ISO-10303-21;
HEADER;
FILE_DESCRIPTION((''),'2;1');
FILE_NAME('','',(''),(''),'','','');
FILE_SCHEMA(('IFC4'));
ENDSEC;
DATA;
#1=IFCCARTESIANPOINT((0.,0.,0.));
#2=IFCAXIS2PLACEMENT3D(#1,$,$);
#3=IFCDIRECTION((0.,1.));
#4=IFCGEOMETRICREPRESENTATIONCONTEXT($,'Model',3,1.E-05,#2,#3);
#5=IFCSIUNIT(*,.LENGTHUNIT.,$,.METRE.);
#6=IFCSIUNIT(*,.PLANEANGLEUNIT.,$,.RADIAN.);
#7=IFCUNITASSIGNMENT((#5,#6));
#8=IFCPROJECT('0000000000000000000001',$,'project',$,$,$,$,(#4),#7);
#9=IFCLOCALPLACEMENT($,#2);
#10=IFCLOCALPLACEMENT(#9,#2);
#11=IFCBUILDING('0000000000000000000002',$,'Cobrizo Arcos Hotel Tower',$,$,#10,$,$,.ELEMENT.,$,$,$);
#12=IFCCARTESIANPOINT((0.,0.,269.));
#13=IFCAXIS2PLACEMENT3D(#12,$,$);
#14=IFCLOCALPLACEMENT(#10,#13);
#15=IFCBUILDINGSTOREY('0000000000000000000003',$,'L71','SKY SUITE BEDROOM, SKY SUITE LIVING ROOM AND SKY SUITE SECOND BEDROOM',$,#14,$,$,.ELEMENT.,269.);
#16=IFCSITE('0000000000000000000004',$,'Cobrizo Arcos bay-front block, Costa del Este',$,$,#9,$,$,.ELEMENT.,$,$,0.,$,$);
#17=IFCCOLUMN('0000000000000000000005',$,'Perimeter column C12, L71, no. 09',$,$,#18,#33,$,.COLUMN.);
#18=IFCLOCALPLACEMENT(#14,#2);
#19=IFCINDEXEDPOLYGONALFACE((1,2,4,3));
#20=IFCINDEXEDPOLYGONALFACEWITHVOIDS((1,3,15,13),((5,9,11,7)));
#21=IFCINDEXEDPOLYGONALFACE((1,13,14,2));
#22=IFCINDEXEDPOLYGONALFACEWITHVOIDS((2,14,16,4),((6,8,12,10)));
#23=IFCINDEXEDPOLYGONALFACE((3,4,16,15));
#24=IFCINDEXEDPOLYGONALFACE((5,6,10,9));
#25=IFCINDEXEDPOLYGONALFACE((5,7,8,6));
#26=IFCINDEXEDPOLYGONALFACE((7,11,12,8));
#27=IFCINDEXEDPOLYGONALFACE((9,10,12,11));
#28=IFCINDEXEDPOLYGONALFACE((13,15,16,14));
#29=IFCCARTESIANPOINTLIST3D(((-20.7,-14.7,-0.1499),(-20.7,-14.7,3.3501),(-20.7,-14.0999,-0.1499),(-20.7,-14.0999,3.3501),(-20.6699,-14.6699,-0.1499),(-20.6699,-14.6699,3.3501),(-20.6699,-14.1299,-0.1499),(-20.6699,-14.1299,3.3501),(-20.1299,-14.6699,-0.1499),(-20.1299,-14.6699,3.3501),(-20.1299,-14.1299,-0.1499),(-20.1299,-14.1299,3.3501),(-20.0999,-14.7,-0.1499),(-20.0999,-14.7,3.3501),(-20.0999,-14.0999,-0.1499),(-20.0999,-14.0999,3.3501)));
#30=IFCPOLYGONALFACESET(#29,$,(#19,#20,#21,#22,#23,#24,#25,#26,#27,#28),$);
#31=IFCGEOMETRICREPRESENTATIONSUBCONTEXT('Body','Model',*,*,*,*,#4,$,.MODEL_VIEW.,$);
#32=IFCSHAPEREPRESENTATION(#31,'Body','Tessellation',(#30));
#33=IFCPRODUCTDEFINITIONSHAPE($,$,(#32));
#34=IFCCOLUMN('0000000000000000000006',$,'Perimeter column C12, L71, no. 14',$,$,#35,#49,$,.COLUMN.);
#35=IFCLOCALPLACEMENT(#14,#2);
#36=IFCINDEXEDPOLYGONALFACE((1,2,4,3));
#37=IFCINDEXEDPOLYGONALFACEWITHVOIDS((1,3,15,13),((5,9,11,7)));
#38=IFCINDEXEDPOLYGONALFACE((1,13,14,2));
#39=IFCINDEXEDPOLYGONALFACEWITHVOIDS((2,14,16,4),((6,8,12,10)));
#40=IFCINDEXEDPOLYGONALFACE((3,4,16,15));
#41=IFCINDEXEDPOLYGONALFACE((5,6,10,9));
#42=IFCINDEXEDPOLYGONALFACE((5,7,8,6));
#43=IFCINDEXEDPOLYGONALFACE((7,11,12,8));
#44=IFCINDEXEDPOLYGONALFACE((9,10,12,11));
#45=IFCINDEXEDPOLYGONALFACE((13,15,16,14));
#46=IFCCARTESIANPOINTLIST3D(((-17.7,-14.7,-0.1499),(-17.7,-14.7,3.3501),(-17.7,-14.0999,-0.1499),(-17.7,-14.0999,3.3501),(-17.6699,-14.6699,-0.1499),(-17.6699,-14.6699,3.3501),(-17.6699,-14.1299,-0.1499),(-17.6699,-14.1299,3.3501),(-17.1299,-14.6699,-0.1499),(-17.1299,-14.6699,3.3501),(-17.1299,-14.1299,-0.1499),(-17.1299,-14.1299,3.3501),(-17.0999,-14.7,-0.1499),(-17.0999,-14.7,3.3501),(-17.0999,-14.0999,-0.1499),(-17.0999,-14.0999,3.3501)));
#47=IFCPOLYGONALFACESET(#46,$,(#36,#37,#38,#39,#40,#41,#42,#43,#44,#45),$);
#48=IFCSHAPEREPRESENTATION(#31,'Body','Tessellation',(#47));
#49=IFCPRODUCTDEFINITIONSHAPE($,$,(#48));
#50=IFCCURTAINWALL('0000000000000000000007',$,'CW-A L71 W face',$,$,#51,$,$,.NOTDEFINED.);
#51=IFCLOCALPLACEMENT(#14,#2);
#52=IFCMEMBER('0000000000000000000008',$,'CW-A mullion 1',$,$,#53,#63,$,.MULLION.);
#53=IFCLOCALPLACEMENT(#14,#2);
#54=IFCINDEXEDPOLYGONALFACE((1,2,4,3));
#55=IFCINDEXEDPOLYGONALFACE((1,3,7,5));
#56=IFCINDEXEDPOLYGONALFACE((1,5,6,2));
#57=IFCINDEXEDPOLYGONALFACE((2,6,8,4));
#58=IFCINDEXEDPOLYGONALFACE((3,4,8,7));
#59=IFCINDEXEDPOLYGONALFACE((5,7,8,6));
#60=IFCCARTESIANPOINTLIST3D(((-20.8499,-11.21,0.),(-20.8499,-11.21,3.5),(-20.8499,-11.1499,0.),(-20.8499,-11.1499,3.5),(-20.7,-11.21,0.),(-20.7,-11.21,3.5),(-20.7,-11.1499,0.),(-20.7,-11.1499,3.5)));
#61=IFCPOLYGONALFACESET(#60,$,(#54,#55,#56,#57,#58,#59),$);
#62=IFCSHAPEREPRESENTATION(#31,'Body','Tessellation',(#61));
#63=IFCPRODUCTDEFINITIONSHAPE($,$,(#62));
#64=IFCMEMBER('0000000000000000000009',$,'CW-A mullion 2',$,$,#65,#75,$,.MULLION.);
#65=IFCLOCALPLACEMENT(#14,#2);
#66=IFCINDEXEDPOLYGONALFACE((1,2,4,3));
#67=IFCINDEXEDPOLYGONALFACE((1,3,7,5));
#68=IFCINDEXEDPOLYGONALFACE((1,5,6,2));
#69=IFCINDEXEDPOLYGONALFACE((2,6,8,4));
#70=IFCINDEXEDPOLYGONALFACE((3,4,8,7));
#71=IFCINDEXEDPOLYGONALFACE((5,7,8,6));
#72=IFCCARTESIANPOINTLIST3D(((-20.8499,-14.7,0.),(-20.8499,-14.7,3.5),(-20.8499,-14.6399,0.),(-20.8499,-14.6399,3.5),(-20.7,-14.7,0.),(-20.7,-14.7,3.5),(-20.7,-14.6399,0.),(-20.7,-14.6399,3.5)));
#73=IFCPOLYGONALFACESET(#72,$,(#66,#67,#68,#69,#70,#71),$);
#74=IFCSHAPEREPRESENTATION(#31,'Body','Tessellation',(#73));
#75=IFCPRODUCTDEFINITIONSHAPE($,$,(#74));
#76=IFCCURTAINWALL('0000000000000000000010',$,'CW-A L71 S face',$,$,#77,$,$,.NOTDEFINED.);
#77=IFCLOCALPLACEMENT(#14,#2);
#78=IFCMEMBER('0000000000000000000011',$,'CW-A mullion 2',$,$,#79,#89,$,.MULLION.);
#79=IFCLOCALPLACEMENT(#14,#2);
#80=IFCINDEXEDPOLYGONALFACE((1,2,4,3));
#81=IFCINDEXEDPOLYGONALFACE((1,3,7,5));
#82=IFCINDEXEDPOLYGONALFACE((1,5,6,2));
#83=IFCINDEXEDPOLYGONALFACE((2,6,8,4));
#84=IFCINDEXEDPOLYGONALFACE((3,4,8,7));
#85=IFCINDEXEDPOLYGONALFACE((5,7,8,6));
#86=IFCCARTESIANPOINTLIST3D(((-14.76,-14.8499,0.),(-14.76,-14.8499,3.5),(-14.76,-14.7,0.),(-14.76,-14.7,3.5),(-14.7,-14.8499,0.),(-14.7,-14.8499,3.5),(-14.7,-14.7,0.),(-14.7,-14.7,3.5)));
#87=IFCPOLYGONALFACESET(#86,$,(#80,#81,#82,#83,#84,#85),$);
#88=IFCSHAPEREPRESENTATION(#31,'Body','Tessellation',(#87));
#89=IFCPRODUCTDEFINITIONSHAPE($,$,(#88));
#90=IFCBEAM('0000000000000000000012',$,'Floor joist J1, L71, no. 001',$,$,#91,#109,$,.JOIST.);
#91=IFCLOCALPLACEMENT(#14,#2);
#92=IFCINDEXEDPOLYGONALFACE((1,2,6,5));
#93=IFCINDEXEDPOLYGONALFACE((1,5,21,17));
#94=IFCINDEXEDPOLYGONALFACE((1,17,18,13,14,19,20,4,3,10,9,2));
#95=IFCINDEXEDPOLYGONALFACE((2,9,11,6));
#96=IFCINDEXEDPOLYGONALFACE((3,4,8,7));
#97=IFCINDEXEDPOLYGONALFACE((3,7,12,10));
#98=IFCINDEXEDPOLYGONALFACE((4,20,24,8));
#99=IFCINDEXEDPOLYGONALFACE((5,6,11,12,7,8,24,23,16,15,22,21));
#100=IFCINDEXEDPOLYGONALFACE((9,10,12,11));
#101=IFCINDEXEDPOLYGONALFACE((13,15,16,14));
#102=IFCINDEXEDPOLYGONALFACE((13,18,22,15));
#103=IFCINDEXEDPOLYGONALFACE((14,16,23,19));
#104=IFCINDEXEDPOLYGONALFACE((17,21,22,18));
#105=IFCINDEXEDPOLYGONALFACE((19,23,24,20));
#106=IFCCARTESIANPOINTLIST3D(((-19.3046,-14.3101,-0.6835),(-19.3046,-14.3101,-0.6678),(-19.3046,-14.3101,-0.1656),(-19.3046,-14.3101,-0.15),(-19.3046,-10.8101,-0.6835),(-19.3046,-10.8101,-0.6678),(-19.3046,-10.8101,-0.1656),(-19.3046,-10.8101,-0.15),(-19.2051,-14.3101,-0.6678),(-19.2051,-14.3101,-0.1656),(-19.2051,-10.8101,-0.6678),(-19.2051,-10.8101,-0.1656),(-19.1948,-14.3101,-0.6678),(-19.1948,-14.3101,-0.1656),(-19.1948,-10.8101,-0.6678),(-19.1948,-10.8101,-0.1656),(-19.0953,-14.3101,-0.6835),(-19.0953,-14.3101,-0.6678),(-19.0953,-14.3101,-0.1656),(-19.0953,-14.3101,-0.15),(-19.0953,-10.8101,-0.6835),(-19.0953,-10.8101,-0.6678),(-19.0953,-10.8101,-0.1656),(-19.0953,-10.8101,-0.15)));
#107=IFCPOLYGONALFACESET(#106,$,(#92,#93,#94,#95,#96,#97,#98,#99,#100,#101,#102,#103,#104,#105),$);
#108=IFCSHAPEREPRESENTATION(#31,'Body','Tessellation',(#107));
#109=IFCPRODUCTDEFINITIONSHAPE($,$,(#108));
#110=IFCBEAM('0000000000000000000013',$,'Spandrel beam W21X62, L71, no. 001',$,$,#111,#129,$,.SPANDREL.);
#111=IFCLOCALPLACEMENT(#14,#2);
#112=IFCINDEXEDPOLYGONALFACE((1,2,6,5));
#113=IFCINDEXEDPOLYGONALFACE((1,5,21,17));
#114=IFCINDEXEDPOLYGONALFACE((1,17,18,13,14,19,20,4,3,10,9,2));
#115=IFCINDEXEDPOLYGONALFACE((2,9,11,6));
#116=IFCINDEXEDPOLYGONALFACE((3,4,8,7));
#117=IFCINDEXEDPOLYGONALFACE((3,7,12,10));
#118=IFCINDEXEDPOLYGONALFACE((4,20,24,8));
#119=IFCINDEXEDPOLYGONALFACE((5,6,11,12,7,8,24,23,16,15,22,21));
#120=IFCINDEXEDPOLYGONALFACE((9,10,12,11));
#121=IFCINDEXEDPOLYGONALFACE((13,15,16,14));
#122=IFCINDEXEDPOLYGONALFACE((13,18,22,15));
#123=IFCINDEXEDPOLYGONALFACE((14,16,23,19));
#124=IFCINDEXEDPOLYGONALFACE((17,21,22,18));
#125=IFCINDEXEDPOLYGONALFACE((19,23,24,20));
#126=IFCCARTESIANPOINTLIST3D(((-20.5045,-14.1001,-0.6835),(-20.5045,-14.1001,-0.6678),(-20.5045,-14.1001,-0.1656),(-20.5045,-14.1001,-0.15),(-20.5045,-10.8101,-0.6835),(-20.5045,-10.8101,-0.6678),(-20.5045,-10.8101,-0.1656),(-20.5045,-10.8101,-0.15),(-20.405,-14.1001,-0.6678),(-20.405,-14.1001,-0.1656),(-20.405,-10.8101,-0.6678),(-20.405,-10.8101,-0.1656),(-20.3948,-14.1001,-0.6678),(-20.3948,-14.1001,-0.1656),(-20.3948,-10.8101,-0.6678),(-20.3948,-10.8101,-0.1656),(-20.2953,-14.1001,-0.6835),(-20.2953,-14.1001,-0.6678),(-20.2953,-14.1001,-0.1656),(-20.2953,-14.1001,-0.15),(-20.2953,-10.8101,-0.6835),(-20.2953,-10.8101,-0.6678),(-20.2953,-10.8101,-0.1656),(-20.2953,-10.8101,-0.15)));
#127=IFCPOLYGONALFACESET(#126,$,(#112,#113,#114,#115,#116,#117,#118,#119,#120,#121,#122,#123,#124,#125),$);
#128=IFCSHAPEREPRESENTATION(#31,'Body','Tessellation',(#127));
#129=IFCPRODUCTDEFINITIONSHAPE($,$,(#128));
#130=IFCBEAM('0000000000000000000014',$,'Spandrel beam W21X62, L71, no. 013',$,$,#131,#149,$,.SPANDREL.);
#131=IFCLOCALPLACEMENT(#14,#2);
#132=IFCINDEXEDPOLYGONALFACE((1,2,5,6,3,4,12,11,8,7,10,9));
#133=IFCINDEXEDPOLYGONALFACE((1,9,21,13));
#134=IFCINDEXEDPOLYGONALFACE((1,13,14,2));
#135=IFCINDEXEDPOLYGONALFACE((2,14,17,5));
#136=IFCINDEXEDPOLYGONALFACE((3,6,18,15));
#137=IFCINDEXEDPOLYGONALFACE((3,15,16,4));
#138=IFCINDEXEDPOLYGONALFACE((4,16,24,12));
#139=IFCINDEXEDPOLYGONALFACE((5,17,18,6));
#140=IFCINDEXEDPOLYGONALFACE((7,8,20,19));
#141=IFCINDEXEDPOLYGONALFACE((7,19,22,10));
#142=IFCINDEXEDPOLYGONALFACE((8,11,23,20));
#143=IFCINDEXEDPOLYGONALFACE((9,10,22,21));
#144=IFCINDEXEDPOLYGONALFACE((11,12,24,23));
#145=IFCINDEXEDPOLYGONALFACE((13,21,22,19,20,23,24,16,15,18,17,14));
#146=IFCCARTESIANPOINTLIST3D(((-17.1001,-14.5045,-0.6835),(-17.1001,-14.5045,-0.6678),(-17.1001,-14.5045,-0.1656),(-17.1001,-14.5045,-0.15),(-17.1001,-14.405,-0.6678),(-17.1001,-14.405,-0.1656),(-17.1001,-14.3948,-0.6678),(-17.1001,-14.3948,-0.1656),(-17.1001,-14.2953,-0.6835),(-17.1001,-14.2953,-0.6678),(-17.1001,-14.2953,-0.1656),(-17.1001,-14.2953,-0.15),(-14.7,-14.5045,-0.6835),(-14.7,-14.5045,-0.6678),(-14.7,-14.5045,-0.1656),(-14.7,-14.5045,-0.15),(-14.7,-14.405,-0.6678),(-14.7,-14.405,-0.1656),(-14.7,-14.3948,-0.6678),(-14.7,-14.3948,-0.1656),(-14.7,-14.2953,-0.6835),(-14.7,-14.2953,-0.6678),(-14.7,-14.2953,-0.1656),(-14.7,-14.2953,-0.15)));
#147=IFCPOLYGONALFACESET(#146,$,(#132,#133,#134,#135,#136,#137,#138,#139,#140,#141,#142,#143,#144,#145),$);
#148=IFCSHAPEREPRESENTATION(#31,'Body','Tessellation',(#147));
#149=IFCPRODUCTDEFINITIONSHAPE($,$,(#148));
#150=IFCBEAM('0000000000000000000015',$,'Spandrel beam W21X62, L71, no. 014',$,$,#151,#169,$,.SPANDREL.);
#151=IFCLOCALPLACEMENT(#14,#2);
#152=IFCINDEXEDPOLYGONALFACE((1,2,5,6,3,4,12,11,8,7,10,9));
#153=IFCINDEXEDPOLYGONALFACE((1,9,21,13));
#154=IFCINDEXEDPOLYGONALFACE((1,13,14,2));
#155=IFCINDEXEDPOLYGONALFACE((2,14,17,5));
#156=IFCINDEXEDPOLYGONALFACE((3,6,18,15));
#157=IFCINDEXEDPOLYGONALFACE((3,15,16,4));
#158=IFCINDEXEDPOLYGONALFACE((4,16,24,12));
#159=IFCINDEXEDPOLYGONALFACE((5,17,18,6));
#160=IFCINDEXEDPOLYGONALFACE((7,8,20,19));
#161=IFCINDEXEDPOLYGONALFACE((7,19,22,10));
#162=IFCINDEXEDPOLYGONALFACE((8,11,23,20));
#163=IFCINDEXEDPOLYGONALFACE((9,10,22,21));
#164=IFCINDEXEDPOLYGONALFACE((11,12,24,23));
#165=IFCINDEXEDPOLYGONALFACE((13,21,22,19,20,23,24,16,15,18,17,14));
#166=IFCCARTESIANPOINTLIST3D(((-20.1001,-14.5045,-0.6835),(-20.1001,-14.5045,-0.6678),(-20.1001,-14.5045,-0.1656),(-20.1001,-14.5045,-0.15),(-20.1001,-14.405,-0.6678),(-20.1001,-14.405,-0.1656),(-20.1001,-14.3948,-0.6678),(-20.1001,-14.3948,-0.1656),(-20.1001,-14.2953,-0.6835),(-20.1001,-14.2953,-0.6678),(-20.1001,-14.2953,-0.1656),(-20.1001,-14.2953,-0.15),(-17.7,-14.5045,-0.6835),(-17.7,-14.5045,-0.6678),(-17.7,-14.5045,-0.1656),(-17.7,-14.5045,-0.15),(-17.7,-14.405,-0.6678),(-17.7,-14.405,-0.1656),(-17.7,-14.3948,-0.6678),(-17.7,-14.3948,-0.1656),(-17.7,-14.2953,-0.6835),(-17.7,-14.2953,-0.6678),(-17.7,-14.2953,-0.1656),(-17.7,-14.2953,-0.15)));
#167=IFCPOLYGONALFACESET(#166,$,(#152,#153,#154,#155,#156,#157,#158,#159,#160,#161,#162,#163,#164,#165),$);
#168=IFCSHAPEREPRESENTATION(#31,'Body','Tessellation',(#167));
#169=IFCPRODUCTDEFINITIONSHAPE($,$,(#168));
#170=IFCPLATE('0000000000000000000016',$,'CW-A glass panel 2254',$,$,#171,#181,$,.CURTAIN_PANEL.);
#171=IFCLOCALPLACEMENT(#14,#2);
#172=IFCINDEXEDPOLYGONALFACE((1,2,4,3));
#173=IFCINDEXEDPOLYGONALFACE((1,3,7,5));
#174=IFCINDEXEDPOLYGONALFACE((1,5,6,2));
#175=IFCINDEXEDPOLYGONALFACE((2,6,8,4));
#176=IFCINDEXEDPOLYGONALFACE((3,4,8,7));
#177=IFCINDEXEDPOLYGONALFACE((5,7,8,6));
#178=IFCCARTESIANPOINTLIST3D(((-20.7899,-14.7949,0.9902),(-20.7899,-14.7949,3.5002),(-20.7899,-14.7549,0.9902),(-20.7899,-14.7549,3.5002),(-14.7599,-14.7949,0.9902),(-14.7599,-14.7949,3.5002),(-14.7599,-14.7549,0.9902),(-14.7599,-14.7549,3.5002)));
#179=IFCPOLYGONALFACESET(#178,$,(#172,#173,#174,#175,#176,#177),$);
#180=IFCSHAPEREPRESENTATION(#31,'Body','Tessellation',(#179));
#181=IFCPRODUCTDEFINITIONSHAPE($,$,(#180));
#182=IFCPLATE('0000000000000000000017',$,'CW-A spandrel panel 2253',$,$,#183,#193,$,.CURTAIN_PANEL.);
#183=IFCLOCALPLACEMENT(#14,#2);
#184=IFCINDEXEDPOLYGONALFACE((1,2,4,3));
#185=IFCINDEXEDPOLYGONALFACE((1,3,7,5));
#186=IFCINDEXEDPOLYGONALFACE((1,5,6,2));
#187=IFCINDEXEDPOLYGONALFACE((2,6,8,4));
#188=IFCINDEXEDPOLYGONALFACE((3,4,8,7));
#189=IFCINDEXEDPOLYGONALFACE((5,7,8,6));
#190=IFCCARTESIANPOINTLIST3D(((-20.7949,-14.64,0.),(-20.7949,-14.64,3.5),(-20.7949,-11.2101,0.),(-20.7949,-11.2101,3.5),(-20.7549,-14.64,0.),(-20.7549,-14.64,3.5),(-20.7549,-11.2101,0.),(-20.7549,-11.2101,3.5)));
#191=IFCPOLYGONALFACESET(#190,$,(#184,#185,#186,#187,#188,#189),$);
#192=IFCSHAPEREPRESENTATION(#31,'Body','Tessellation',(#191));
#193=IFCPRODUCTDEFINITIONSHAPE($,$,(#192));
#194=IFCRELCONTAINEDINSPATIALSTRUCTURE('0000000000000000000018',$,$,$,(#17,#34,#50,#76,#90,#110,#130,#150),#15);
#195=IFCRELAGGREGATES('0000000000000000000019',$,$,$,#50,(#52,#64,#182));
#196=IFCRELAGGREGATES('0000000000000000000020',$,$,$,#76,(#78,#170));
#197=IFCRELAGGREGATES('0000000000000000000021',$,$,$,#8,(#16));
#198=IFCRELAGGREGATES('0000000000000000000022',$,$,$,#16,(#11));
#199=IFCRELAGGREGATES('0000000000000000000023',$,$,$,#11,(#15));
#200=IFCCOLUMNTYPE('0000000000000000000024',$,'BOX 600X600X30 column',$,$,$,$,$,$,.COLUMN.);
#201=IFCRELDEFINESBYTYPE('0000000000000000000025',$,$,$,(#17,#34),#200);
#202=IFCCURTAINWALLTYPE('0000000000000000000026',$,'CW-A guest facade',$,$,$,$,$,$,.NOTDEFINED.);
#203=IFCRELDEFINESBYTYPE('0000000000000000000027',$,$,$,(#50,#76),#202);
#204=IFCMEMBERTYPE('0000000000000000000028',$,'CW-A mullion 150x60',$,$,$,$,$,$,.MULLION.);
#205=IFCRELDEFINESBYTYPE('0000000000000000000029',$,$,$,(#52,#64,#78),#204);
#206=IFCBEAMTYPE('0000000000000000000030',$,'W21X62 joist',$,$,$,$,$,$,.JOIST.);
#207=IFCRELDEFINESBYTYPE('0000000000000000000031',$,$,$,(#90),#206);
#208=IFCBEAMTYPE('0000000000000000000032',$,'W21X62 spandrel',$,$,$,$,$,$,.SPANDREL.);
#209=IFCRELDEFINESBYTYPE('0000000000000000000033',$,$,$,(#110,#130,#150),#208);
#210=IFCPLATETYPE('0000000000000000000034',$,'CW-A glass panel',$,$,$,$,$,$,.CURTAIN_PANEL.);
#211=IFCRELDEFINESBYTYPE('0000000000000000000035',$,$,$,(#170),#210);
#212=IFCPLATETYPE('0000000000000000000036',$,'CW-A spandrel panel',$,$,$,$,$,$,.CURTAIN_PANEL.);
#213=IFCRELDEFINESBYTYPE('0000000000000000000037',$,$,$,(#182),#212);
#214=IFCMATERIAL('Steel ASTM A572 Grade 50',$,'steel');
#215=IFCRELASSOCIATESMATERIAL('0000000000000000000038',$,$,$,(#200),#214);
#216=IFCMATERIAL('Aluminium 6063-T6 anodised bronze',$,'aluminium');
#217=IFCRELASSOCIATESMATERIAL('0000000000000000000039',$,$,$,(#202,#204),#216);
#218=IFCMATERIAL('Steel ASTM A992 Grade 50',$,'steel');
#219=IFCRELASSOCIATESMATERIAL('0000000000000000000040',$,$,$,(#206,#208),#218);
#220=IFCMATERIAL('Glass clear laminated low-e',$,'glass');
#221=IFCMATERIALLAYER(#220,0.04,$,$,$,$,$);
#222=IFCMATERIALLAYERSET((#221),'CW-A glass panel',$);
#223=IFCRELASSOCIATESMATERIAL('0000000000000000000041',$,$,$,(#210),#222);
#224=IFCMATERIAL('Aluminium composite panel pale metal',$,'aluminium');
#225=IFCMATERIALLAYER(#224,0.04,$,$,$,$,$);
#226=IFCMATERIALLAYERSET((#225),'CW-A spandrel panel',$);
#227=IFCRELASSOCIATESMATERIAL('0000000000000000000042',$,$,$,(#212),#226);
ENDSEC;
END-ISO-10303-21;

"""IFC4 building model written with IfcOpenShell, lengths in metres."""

from ifc_helpers import new_model, si_unit, direction, frame, origin, origin_2d, place, context, subcontext, project, spatial, rectangle, hollow_rectangle, i_section, extrude, material, layer, layer_set, material_profile, profile_set, type_object, element, aggregate, save


model = new_model("IFC4")

# Units and contexts
model_context = context("Model", 3, precision=1e-05, world=origin(), true_north=direction((0.0, 1.0)))
body_context = subcontext(model_context, "Body", "Model", "MODEL_VIEW")
ifc_project = project(units=[si_unit("LENGTHUNIT", "METRE"), si_unit("PLANEANGLEUNIT", "RADIAN")], contexts=[model_context])

# Site, building, storey
site_placement = place(None, origin())
site = spatial("IfcSite", under=ifc_project, at=site_placement, Name="Cobrizo Arcos bay-front block, Costa del Este", CompositionType="ELEMENT", RefElevation=0.0)
building_placement = place(site_placement, origin())
building = spatial("IfcBuilding", under=site, at=building_placement, Name="Cobrizo Arcos Hotel Tower", CompositionType="ELEMENT")
storey_placement = place(building_placement, frame((0.0, 0.0, 269.0)))
storey = spatial("IfcBuildingStorey", under=building, at=storey_placement, Name="L71", Description="SKY SUITE BEDROOM, SKY SUITE LIVING ROOM AND SKY SUITE SECOND BEDROOM", CompositionType="ELEMENT", Elevation=269.0)

# Columns
ifc_material_1 = material(Name="Steel ASTM A572 Grade 50", Category="steel")
ifc_material_profile_1 = material_profile(ifc_material_1, hollow_rectangle(XDim=0.6001, YDim=0.6001, WallThickness=0.03, at=origin_2d()), Name="BOX 600X600X30")
ifc_profile_set_1 = profile_set([ifc_material_profile_1], Name="Steel ASTM A572 Grade 50")
column_type = type_object("IfcColumnType", Name="BOX 600X600X30 column", PredefinedType="COLUMN", material=ifc_profile_set_1)
for number, where, z_axis, x_axis, name in (
    (1, (-20.3999, -14.3999, -0.1499), (0.0, 0.0, 1.0), (1.0, 0.0, 0.0), "Perimeter column C12, L71, no. 09"),
    (2, (-17.3999, -14.3999, -0.1499), (0.0, 0.0, 1.0), (1.0, 0.0, 0.0), "Perimeter column C12, L71, no. 14"),
):
    element("IfcColumn", number, at=place(storey_placement, frame(where, z_axis=z_axis, x_axis=x_axis)), inside=storey, type_object=column_type, Name=name, PredefinedType="COLUMN", context=body_context, shape_type="SweptSolid", body=[
        extrude(hollow_rectangle(XDim=0.6001, YDim=0.6001, WallThickness=0.03, at=origin_2d()), origin(), (0.0, 0.0, 1.0), 3.5),
    ])

# Curtain wall, members
ifc_material_2 = material(Name="Aluminium 6063-T6 anodised bronze", Category="aluminium")
curtain_wall_type = type_object("IfcCurtainWallType", Name="CW-A guest facade", PredefinedType="NOTDEFINED", material=ifc_material_2)
curtain_wall_1_placement = place(storey_placement, origin())
curtain_wall_1 = element("IfcCurtainWall", 3, at=curtain_wall_1_placement, inside=storey, type_object=curtain_wall_type, Name="CW-A L71 W face", PredefinedType="NOTDEFINED")
ifc_material_profile_2 = material_profile(ifc_material_2, rectangle(XDim=0.1499, YDim=0.0601, at=origin_2d()), Name="CW-A mullion 150x60")
ifc_profile_set_2 = profile_set([ifc_material_profile_2], Name="Aluminium 6063-T6 anodised bronze")
member_type = type_object("IfcMemberType", Name="CW-A mullion 150x60", PredefinedType="MULLION", material=ifc_profile_set_2)
member_1_placement = place(storey_placement, frame((-20.7749, -11.1799, 0.0), z_axis=(0.0, 0.0, 1.0), x_axis=(-1.0, 0.0, 0.0)))
member_1 = element("IfcMember", 4, at=member_1_placement, type_object=member_type, Name="CW-A mullion 1", PredefinedType="MULLION", context=body_context, shape_type="SweptSolid", body=[
    extrude(rectangle(XDim=0.1499, YDim=0.0601, at=origin_2d()), origin(), (0.0, 0.0, 1.0), 3.5),
])
member_2_placement = place(storey_placement, frame((-20.7749, -14.6699, 0.0), z_axis=(0.0, 0.0, 1.0), x_axis=(-1.0, 0.0, 0.0)))
member_2 = element("IfcMember", 5, at=member_2_placement, type_object=member_type, Name="CW-A mullion 2", PredefinedType="MULLION", context=body_context, shape_type="SweptSolid", body=[
    extrude(rectangle(XDim=0.1499, YDim=0.0601, at=origin_2d()), origin(), (0.0, 0.0, 1.0), 3.5),
])

# Curtain wall, member
curtain_wall_2_placement = place(storey_placement, origin())
curtain_wall_2 = element("IfcCurtainWall", 6, at=curtain_wall_2_placement, inside=storey, type_object=curtain_wall_type, Name="CW-A L71 S face", PredefinedType="NOTDEFINED")
member_3_placement = place(storey_placement, frame((-14.73, -14.7749, 0.0), z_axis=(0.0, 0.0, 1.0), x_axis=(0.0, -1.0, 0.0)))
member_3 = element("IfcMember", 7, at=member_3_placement, type_object=member_type, Name="CW-A mullion 2", PredefinedType="MULLION", context=body_context, shape_type="SweptSolid", body=[
    extrude(rectangle(XDim=0.1499, YDim=0.0601, at=origin_2d()), origin(), (0.0, 0.0, 1.0), 3.5),
])

# Beams
ifc_material_3 = material(Name="Steel ASTM A992 Grade 50", Category="steel")
ifc_material_profile_3 = material_profile(ifc_material_3, i_section(OverallWidth=0.2092, OverallDepth=0.5334, WebThickness=0.0103, FlangeThickness=0.0156, at=origin_2d()), Name="W21X62")
ifc_profile_set_3 = profile_set([ifc_material_profile_3], Name="Steel ASTM A992 Grade 50")
beam_type_1 = type_object("IfcBeamType", Name="W21X62 joist", PredefinedType="JOIST", material=ifc_profile_set_3)
beam_1_placement = place(storey_placement, frame((-19.2, -14.3101, -0.4167), z_axis=(0.0, 1.0, 0.0), x_axis=(-1.0, 0.0, 0.0)))
element("IfcBeam", 8, at=beam_1_placement, inside=storey, type_object=beam_type_1, Name="Floor joist J1, L71, no. 001", PredefinedType="JOIST", context=body_context, shape_type="SweptSolid", body=[
    extrude(i_section(OverallWidth=0.2092, OverallDepth=0.5334, WebThickness=0.0103, FlangeThickness=0.0156, at=origin_2d()), origin(), (0.0, 0.0, 1.0), 3.5),
])
ifc_material_profile_4 = material_profile(ifc_material_3, i_section(OverallWidth=0.2092, OverallDepth=0.5334, WebThickness=0.0103, FlangeThickness=0.0156, at=origin_2d()), Name="W21X62")
ifc_profile_set_4 = profile_set([ifc_material_profile_4], Name="Steel ASTM A992 Grade 50")
beam_type_2 = type_object("IfcBeamType", Name="W21X62 spandrel", PredefinedType="SPANDREL", material=ifc_profile_set_4)
beam_2_placement = place(storey_placement, frame((-20.3999, -14.1001, -0.4167), z_axis=(0.0, 1.0, 0.0), x_axis=(-1.0, 0.0, 0.0)))
element("IfcBeam", 9, at=beam_2_placement, inside=storey, type_object=beam_type_2, Name="Spandrel beam W21X62, L71, no. 001", PredefinedType="SPANDREL", context=body_context, shape_type="SweptSolid", body=[
    extrude(i_section(OverallWidth=0.2092, OverallDepth=0.5334, WebThickness=0.0103, FlangeThickness=0.0156, at=origin_2d()), origin(), (0.0, 0.0, 1.0), 3.29),
])
for number, where, z_axis, x_axis, name in (
    (10, (-14.7, -14.3999, -0.4167), (-1.0, 0.0, 0.0), (0.0, -1.0, 0.0), "Spandrel beam W21X62, L71, no. 013"),
    (11, (-17.7, -14.3999, -0.4167), (-1.0, 0.0, 0.0), (0.0, -1.0, 0.0), "Spandrel beam W21X62, L71, no. 014"),
):
    element("IfcBeam", number, at=place(storey_placement, frame(where, z_axis=z_axis, x_axis=x_axis)), inside=storey, type_object=beam_type_2, Name=name, PredefinedType="SPANDREL", context=body_context, shape_type="SweptSolid", body=[
        extrude(i_section(OverallWidth=0.2092, OverallDepth=0.5334, WebThickness=0.0103, FlangeThickness=0.0156, at=origin_2d()), origin(), (0.0, 0.0, 1.0), 2.4001),
    ])

# Plates
ifc_material_4 = material(Name="Glass clear laminated low-e", Category="glass")
ifc_layer_1 = layer(ifc_material_4, 0.04)
ifc_layer_set_1 = layer_set([ifc_layer_1], Name="CW-A glass panel")
plate_type_1 = type_object("IfcPlateType", Name="CW-A glass panel", PredefinedType="CURTAIN_PANEL", material=ifc_layer_set_1)
plate_1_placement = place(storey_placement, frame((-17.7749, -14.7749, 0.9902), z_axis=(0.0, 0.0, 1.0), x_axis=(1.0, 0.0, 0.0)))
plate_1 = element("IfcPlate", 12, at=plate_1_placement, type_object=plate_type_1, Name="CW-A glass panel 2254", PredefinedType="CURTAIN_PANEL", context=body_context, shape_type="SweptSolid", body=[
    extrude(rectangle(XDim=6.03, YDim=0.04, at=origin_2d()), origin(), (0.0, 0.0, 1.0), 2.51),
])
ifc_material_5 = material(Name="Aluminium composite panel pale metal", Category="aluminium")
ifc_layer_2 = layer(ifc_material_5, 0.04)
ifc_layer_set_2 = layer_set([ifc_layer_2], Name="CW-A spandrel panel")
plate_type_2 = type_object("IfcPlateType", Name="CW-A spandrel panel", PredefinedType="CURTAIN_PANEL", material=ifc_layer_set_2)
plate_2_placement = place(storey_placement, frame((-20.7749, -12.925, 0.0), z_axis=(0.0, 0.0, 1.0), x_axis=(0.0, -1.0, 0.0)))
plate_2 = element("IfcPlate", 13, at=plate_2_placement, type_object=plate_type_2, Name="CW-A spandrel panel 2253", PredefinedType="CURTAIN_PANEL", context=body_context, shape_type="SweptSolid", body=[
    extrude(rectangle(XDim=3.4299, YDim=0.04, at=origin_2d()), origin(), (0.0, 0.0, 1.0), 3.5),
])
aggregate(curtain_wall_1, [member_1, member_2, plate_2])
aggregate(curtain_wall_2, [member_3, plate_1])

save(model, "model.ifc")
